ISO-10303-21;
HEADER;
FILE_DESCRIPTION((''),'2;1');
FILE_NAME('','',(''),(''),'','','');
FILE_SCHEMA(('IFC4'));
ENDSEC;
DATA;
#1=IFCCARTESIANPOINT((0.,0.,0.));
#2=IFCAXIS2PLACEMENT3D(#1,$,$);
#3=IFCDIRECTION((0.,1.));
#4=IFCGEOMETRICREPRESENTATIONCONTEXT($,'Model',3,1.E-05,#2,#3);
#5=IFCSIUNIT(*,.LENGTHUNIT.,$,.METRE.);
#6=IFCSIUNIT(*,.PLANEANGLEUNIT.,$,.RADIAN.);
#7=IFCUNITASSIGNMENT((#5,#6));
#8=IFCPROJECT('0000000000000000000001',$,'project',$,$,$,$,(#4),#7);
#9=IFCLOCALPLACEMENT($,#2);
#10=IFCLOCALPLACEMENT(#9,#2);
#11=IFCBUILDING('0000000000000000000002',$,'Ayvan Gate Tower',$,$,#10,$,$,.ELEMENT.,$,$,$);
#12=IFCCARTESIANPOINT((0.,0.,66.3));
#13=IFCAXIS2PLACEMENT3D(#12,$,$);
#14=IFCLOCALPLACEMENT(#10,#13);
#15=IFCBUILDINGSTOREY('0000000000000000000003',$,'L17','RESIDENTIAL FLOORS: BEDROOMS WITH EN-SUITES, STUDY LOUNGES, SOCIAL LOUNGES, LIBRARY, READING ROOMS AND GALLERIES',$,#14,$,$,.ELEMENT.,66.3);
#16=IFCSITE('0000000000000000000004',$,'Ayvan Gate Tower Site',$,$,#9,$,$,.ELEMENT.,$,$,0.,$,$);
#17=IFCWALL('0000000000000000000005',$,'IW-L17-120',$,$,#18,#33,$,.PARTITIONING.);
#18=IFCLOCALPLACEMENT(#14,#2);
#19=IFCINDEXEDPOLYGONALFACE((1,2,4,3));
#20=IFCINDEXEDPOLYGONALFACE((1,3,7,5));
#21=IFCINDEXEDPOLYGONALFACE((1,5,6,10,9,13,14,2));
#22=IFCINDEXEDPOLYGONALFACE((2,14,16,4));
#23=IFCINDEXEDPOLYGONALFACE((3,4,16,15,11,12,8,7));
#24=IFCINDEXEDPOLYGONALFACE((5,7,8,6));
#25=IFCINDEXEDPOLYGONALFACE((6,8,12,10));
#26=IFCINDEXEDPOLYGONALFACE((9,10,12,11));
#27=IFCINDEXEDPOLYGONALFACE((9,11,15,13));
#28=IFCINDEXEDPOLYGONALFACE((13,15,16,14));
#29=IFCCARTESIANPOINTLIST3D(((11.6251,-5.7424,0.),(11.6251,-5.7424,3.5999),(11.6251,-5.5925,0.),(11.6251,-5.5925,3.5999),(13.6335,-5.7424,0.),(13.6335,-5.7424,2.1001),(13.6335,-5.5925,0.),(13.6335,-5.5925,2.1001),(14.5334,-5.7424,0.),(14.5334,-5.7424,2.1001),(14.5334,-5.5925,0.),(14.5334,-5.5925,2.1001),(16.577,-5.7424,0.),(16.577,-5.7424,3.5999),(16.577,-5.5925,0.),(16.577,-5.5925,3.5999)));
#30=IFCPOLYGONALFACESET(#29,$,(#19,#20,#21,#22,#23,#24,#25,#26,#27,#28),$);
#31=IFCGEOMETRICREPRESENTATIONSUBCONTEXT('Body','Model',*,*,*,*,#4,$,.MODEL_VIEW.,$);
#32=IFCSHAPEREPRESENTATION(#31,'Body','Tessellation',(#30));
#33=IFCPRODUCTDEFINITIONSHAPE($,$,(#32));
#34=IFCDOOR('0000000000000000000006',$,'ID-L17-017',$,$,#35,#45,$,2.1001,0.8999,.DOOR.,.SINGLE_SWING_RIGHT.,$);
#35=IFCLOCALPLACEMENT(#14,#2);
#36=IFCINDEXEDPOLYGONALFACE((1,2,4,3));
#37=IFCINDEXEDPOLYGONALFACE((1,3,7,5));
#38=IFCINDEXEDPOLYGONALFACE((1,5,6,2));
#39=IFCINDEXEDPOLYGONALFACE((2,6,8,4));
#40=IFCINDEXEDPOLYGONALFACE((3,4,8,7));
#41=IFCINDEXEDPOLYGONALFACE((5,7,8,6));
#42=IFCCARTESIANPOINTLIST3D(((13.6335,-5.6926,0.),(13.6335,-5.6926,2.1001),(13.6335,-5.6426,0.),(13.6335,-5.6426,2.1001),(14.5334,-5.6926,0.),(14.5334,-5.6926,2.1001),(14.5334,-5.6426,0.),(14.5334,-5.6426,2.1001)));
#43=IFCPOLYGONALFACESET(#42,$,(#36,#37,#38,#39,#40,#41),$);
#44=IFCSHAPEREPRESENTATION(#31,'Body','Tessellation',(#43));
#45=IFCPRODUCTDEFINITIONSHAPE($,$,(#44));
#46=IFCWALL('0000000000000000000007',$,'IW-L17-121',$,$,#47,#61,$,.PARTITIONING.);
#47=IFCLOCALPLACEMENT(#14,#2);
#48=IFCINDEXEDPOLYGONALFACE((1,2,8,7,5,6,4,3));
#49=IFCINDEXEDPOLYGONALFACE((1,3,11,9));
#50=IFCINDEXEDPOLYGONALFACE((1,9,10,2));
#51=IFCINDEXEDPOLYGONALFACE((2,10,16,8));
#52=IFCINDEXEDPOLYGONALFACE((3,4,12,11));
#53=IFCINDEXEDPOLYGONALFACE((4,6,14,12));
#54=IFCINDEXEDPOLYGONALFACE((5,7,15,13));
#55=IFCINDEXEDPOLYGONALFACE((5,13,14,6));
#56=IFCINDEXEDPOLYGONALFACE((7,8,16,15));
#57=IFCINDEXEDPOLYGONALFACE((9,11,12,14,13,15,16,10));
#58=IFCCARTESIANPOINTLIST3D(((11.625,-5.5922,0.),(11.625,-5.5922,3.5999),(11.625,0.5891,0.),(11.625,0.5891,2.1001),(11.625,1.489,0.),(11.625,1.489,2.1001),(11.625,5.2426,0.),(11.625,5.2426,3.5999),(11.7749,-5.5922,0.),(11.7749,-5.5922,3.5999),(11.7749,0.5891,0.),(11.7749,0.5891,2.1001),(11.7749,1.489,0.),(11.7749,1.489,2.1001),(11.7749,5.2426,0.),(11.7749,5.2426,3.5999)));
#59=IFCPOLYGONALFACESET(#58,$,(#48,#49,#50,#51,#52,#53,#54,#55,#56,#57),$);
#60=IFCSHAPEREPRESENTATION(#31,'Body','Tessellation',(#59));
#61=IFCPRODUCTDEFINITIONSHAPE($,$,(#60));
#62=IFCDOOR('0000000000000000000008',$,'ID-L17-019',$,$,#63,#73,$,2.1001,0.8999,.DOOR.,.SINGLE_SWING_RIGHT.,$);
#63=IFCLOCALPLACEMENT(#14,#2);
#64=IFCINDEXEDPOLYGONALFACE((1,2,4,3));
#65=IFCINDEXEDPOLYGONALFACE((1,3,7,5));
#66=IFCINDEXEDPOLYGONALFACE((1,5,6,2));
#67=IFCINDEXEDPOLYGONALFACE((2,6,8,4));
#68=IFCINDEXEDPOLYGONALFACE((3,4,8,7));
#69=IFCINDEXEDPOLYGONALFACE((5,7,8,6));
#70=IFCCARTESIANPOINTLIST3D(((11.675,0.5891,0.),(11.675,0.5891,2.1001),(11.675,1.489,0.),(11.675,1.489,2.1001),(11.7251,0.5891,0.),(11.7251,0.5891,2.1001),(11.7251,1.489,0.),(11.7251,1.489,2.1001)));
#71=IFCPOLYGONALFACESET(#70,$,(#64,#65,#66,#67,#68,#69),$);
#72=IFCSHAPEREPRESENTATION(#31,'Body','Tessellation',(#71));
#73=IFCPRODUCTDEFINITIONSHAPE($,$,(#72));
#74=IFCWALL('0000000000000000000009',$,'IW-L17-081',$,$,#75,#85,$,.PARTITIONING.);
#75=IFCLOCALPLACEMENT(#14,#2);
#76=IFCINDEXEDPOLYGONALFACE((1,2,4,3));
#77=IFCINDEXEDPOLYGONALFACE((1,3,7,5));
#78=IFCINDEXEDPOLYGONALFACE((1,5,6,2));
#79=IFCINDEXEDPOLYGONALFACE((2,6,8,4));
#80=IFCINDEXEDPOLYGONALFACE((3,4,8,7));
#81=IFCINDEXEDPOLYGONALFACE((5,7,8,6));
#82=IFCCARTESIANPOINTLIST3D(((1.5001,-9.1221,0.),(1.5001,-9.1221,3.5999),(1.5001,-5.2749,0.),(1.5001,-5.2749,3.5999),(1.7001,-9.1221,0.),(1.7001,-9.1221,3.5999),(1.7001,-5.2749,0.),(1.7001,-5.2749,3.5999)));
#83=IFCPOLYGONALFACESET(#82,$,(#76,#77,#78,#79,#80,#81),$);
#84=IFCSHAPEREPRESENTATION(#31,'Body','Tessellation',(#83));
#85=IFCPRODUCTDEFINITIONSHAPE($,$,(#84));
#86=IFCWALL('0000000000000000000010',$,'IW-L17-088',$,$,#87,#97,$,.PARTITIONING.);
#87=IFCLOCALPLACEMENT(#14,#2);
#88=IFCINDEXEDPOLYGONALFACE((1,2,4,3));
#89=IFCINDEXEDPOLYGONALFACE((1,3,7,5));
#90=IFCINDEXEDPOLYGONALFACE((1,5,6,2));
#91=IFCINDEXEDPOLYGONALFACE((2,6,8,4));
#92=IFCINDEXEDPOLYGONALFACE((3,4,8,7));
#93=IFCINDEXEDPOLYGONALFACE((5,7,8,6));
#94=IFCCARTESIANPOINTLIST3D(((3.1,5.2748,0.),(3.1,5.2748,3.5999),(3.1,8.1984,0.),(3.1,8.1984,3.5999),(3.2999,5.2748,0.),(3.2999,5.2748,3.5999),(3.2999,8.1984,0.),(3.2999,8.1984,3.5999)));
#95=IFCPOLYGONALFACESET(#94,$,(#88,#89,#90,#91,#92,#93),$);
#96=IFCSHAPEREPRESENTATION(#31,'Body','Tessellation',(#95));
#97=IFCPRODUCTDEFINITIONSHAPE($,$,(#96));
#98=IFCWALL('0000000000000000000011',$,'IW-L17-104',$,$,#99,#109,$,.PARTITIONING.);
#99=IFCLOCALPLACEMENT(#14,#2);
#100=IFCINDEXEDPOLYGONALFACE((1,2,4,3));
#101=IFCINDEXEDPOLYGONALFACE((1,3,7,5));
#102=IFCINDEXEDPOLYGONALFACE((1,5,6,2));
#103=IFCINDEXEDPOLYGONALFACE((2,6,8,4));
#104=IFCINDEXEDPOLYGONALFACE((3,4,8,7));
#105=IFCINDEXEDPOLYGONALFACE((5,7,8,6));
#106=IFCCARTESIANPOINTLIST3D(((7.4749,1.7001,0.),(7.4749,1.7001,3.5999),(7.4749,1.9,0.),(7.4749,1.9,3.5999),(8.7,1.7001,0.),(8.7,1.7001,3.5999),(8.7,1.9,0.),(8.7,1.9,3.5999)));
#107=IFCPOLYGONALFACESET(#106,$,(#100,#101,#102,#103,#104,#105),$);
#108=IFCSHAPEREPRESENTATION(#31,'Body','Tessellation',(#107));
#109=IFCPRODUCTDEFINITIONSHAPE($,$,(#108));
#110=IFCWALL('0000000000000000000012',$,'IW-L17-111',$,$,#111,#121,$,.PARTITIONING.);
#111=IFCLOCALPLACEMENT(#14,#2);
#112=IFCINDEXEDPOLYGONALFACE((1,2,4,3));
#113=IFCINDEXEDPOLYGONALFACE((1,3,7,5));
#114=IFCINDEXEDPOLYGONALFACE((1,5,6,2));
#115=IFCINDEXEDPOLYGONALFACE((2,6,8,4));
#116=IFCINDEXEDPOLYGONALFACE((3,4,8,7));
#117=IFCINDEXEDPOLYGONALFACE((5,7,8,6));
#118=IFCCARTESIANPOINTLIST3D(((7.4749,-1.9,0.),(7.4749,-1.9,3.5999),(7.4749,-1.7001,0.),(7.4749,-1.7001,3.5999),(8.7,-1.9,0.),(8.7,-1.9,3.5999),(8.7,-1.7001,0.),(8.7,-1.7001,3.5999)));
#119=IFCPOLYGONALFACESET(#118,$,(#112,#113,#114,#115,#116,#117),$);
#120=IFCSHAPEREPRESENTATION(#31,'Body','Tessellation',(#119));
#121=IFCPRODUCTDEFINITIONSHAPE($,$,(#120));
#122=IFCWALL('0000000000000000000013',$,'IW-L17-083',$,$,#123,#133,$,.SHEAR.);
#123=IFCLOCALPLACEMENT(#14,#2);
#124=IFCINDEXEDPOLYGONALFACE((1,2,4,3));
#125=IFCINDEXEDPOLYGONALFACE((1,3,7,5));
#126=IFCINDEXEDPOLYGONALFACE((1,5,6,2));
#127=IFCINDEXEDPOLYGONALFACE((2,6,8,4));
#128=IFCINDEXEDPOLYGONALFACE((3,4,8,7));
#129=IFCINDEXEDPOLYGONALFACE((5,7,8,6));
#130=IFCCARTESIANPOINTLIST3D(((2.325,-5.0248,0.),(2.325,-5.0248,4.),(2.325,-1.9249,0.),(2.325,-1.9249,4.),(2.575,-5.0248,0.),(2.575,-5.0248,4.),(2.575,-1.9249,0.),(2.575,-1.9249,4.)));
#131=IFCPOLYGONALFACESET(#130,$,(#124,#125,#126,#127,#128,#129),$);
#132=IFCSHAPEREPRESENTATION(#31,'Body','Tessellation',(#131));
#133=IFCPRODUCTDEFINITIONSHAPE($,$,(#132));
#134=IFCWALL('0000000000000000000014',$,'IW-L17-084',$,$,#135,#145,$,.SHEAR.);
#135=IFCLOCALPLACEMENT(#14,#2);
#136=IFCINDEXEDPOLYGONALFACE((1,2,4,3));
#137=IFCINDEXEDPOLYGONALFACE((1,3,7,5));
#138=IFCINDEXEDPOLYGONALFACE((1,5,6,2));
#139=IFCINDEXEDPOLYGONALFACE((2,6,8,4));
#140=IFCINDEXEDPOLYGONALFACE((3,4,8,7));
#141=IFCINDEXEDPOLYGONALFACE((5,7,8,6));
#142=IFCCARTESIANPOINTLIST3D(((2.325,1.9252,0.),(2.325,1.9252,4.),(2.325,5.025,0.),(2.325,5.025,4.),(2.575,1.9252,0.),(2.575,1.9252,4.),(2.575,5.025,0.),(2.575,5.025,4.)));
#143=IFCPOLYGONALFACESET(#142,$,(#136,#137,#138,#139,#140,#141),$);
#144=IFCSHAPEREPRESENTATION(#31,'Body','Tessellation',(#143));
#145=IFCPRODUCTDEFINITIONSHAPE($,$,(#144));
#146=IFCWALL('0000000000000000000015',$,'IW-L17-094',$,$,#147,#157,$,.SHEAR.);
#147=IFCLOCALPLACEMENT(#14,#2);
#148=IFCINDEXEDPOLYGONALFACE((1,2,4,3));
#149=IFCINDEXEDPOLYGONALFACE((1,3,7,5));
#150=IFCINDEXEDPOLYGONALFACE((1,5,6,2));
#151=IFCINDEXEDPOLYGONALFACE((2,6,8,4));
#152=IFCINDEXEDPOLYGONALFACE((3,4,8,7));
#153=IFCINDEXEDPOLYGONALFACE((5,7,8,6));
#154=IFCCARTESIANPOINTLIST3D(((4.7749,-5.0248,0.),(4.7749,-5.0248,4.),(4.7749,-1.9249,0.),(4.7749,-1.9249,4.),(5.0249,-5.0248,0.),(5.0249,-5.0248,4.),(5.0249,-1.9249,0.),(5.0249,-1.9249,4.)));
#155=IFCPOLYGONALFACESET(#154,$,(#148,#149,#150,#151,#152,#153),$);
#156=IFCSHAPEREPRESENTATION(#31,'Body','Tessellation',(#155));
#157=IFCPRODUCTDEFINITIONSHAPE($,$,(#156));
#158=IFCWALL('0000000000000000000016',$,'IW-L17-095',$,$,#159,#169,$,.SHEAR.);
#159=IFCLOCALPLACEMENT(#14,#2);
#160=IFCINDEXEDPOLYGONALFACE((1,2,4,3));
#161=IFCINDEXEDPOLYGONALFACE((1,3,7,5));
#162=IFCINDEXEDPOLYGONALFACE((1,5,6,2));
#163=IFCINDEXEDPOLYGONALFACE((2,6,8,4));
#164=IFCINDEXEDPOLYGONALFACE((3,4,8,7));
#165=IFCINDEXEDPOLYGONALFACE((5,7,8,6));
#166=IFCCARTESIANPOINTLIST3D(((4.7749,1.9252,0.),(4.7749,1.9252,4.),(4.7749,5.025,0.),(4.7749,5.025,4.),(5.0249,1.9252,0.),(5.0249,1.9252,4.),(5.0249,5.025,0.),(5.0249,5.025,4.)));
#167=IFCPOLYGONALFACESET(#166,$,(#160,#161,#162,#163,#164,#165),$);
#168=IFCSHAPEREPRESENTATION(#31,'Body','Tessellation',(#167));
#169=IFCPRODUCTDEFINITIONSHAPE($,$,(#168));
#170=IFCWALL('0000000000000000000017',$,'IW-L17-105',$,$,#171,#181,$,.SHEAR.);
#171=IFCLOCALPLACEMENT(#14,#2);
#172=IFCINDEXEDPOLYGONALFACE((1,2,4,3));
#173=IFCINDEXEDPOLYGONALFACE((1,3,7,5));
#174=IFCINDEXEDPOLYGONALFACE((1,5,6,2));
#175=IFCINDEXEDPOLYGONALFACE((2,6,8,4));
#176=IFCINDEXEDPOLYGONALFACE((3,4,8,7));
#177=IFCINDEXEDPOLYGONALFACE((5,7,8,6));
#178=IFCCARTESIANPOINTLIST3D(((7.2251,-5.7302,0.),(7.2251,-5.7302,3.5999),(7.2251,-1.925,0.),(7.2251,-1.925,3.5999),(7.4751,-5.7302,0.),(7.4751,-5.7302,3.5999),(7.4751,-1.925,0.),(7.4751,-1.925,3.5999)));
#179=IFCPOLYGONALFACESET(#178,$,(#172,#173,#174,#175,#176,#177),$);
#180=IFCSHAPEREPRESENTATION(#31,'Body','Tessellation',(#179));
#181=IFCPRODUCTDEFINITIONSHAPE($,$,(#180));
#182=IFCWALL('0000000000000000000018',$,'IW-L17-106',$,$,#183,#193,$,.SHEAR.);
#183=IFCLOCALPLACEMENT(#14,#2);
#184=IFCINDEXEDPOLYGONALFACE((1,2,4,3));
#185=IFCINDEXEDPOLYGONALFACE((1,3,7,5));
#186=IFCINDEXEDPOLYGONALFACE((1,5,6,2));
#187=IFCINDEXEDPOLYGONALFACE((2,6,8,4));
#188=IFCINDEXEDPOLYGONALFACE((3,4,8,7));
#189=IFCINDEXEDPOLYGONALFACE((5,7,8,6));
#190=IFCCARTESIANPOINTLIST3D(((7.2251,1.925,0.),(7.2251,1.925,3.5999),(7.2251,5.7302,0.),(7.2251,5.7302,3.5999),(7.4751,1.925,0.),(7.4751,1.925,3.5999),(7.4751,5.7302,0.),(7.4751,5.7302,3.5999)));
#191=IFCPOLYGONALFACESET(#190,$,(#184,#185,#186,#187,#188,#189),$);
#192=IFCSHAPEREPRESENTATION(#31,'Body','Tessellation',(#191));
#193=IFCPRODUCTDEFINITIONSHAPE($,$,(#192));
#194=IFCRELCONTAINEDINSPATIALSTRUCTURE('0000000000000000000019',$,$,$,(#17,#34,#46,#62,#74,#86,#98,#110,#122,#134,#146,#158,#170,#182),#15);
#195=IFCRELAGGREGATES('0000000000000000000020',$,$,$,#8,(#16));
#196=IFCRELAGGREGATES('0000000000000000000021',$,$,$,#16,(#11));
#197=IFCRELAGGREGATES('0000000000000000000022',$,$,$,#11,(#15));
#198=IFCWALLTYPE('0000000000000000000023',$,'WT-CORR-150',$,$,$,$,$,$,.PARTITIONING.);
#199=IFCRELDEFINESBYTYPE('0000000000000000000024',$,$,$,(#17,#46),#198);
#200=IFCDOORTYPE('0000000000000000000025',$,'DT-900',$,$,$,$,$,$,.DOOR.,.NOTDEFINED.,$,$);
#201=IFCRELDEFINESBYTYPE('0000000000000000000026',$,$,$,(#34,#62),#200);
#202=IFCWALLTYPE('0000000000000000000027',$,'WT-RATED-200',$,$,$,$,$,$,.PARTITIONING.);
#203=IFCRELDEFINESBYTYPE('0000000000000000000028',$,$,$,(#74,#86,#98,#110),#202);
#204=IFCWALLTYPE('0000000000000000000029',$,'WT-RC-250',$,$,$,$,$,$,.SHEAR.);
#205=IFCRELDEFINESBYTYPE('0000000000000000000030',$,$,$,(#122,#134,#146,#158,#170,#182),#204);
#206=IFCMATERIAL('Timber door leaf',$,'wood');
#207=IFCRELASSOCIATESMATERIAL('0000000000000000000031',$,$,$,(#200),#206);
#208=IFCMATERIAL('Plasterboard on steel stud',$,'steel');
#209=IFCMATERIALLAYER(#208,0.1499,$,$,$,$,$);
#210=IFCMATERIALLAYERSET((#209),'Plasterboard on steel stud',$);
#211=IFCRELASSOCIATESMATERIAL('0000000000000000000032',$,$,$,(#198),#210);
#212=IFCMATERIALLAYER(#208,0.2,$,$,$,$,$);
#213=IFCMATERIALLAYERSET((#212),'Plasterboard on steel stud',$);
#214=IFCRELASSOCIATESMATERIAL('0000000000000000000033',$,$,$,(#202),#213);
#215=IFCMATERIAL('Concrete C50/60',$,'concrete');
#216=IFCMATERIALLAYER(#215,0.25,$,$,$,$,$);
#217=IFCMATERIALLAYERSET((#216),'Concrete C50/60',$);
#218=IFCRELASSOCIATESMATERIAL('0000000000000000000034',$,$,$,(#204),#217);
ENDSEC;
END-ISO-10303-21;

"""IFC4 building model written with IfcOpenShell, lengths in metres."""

from ifc_helpers import new_model, si_unit, direction, frame, frame_2d, origin, place, context, subcontext, project, spatial, rectangle, extrude, material, layer, layer_set, type_object, element, fill, save


model = new_model("IFC4")

# Units and contexts
model_context = context("Model", 3, precision=1e-05, world=origin(), true_north=direction((0.0, 1.0)))
body_context = subcontext(model_context, "Body", "Model", "MODEL_VIEW")
ifc_project = project(units=[si_unit("LENGTHUNIT", "METRE"), si_unit("PLANEANGLEUNIT", "RADIAN")], contexts=[model_context])

# Site, building, storey
site_placement = place(None, origin())
site = spatial("IfcSite", under=ifc_project, at=site_placement, Name="Ayvan Gate Tower Site", CompositionType="ELEMENT", RefElevation=0.0)
building_placement = place(site_placement, origin())
building = spatial("IfcBuilding", under=site, at=building_placement, Name="Ayvan Gate Tower", CompositionType="ELEMENT")
storey_placement = place(building_placement, frame((0.0, 0.0, 66.3)))
storey = spatial("IfcBuildingStorey", under=building, at=storey_placement, Name="L17", Description="RESIDENTIAL FLOORS: BEDROOMS WITH EN-SUITES, STUDY LOUNGES, SOCIAL LOUNGES, LIBRARY, READING ROOMS AND GALLERIES", CompositionType="ELEMENT", Elevation=66.3)

# Shared definitions
ifc_material_1 = material(Name="Timber door leaf", Category="wood")

# Shared definitions
door_type_1 = type_object("IfcDoorType", Name="DT-900", OperationType="NOTDEFINED", PredefinedType="DOOR", material=ifc_material_1)

# Walls, openings, doors
ifc_material_2 = material(Name="Plasterboard on steel stud", Category="steel")
ifc_layer_1 = layer(ifc_material_2, 0.1499)
ifc_layer_set_1 = layer_set([ifc_layer_1], Name="Plasterboard on steel stud")
wall_type_1 = type_object("IfcWallType", Name="WT-CORR-150", PredefinedType="PARTITIONING", material=ifc_layer_set_1)
wall_1_placement = place(storey_placement, frame((11.625, -5.6675, 0.0), z_axis=(0.0, 0.0, 1.0), x_axis=(1.0, 0.0, 0.0)))
wall_1 = element("IfcWall", 1, at=wall_1_placement, inside=storey, type_object=wall_type_1, Name="IW-L17-120", PredefinedType="PARTITIONING", context=body_context, shape_type="SweptSolid", body=[
    extrude(rectangle(XDim=4.9519, YDim=0.1499, at=frame_2d((2.4761, 0.0))), origin(), (0.0, 0.0, 1.0), 3.5999),
])
opening_1_placement = place(wall_1_placement, frame((2.0085, 0.0, 0.0)))
opening_1 = element("IfcOpeningElement", 2, at=opening_1_placement, cuts=wall_1, PredefinedType="OPENING", context=body_context, shape_type="SweptSolid", body=[
    extrude(rectangle(XDim=0.8999, YDim=2.1001, at=frame_2d((0.45, 1.05))), frame((0.0, 0.085, 0.0), z_axis=(0.0, -1.0, 0.0), x_axis=(1.0, 0.0, 0.0)), (0.0, 0.0, 1.0), 0.1699),
])
door_1_placement = place(opening_1_placement, origin())
door_1 = element("IfcDoor", 3, at=door_1_placement, inside=storey, type_object=door_type_1, Name="ID-L17-017", OperationType="SINGLE_SWING_RIGHT", OverallHeight=2.1001, OverallWidth=0.8999, PredefinedType="DOOR", context=body_context, shape_type="SweptSolid", body=[
    extrude(rectangle(XDim=0.8999, YDim=2.1001, at=frame_2d((0.45, 1.05))), frame((0.0, 0.0249, 0.0), z_axis=(0.0, -1.0, 0.0), x_axis=(1.0, 0.0, 0.0)), (0.0, 0.0, 1.0), 0.05),
])
fill(opening_1, door_1)
wall_2_placement = place(storey_placement, frame((11.7, -5.5923, 0.0), z_axis=(0.0, 0.0, 1.0), x_axis=(0.0, 1.0, 0.0)))
wall_2 = element("IfcWall", 4, at=wall_2_placement, inside=storey, type_object=wall_type_1, Name="IW-L17-121", PredefinedType="PARTITIONING", context=body_context, shape_type="SweptSolid", body=[
    extrude(rectangle(XDim=10.8347, YDim=0.1499, at=frame_2d((5.4175, 0.0))), origin(), (0.0, 0.0, 1.0), 3.5999),
])
opening_2_placement = place(wall_2_placement, frame((6.1814, 0.0, 0.0)))
opening_2 = element("IfcOpeningElement", 5, at=opening_2_placement, cuts=wall_2, PredefinedType="OPENING", context=body_context, shape_type="SweptSolid", body=[
    extrude(rectangle(XDim=0.8999, YDim=2.1001, at=frame_2d((0.45, 1.05))), frame((0.0, 0.085, 0.0), z_axis=(0.0, -1.0, 0.0), x_axis=(1.0, 0.0, 0.0)), (0.0, 0.0, 1.0), 0.1699),
])
door_2_placement = place(opening_2_placement, origin())
door_2 = element("IfcDoor", 6, at=door_2_placement, inside=storey, type_object=door_type_1, Name="ID-L17-019", OperationType="SINGLE_SWING_RIGHT", OverallHeight=2.1001, OverallWidth=0.8999, PredefinedType="DOOR", context=body_context, shape_type="SweptSolid", body=[
    extrude(rectangle(XDim=0.8999, YDim=2.1001, at=frame_2d((0.45, 1.05))), frame((0.0, 0.0249, 0.0), z_axis=(0.0, -1.0, 0.0), x_axis=(1.0, 0.0, 0.0)), (0.0, 0.0, 1.0), 0.05),
])
fill(opening_2, door_2)

# Walls
ifc_layer_2 = layer(ifc_material_2, 0.2)
ifc_layer_set_2 = layer_set([ifc_layer_2], Name="Plasterboard on steel stud")
wall_type_2 = type_object("IfcWallType", Name="WT-RATED-200", PredefinedType="PARTITIONING", material=ifc_layer_set_2)
wall_3_placement = place(storey_placement, frame((1.6001, -5.2749, 0.0), z_axis=(0.0, 0.0, 1.0), x_axis=(0.0, -1.0, 0.0)))
element("IfcWall", 7, at=wall_3_placement, inside=storey, type_object=wall_type_2, Name="IW-L17-081", PredefinedType="PARTITIONING", context=body_context, shape_type="SweptSolid", body=[
    extrude(rectangle(XDim=3.8472, YDim=0.2, at=frame_2d((1.9236, 0.0))), origin(), (0.0, 0.0, 1.0), 3.5999),
])
wall_4_placement = place(storey_placement, frame((3.2, 8.1985, 0.0), z_axis=(0.0, 0.0, 1.0), x_axis=(0.0, -1.0, 0.0)))
element("IfcWall", 8, at=wall_4_placement, inside=storey, type_object=wall_type_2, Name="IW-L17-088", PredefinedType="PARTITIONING", context=body_context, shape_type="SweptSolid", body=[
    extrude(rectangle(XDim=2.9236, YDim=0.2, at=frame_2d((1.4619, 0.0))), origin(), (0.0, 0.0, 1.0), 3.5999),
])
for number, where, z_axis, x_axis, name in (
    (9, (7.4749, 1.8, 0.0), (0.0, 0.0, 1.0), (1.0, 0.0, 0.0), "IW-L17-104"),
    (10, (8.7, -1.8, 0.0), (0.0, 0.0, 1.0), (-1.0, 0.0, 0.0), "IW-L17-111"),
):
    element("IfcWall", number, at=place(storey_placement, frame(where, z_axis=z_axis, x_axis=x_axis)), inside=storey, type_object=wall_type_2, Name=name, PredefinedType="PARTITIONING", context=body_context, shape_type="SweptSolid", body=[
        extrude(rectangle(XDim=1.2251, YDim=0.2, at=frame_2d((0.6125, 0.0))), origin(), (0.0, 0.0, 1.0), 3.5999),
    ])
ifc_material_3 = material(Name="Concrete C50/60", Category="concrete")
ifc_layer_3 = layer(ifc_material_3, 0.25)
ifc_layer_set_3 = layer_set([ifc_layer_3], Name="Concrete C50/60")
wall_type_3 = type_object("IfcWallType", Name="WT-RC-250", PredefinedType="SHEAR", material=ifc_layer_set_3)
for number, where, z_axis, x_axis, name in (
    (11, (2.45, -1.925, 0.0), (0.0, 0.0, 1.0), (0.0, -1.0, 0.0), "IW-L17-083"),
    (12, (2.45, 5.0249, 0.0), (0.0, 0.0, 1.0), (0.0, -1.0, 0.0), "IW-L17-084"),
    (13, (4.8999, -1.925, 0.0), (0.0, 0.0, 1.0), (0.0, -1.0, 0.0), "IW-L17-094"),
    (14, (4.8999, 5.0249, 0.0), (0.0, 0.0, 1.0), (0.0, -1.0, 0.0), "IW-L17-095"),
):
    element("IfcWall", number, at=place(storey_placement, frame(where, z_axis=z_axis, x_axis=x_axis)), inside=storey, type_object=wall_type_3, Name=name, PredefinedType="SHEAR", context=body_context, shape_type="SweptSolid", body=[
        extrude(rectangle(XDim=3.0999, YDim=0.25, at=frame_2d((1.5498, 0.0))), origin(), (0.0, 0.0, 1.0), 4.0),
    ])
for number, where, z_axis, x_axis, name in (
    (15, (7.3501, -1.925, 0.0), (0.0, 0.0, 1.0), (0.0, -1.0, 0.0), "IW-L17-105"),
    (16, (7.3501, 5.7302, 0.0), (0.0, 0.0, 1.0), (0.0, -1.0, 0.0), "IW-L17-106"),
):
    element("IfcWall", number, at=place(storey_placement, frame(where, z_axis=z_axis, x_axis=x_axis)), inside=storey, type_object=wall_type_3, Name=name, PredefinedType="SHEAR", context=body_context, shape_type="SweptSolid", body=[
        extrude(rectangle(XDim=3.8052, YDim=0.25, at=frame_2d((1.9026, 0.0))), origin(), (0.0, 0.0, 1.0), 3.5999),
    ])

save(model, "model.ifc")
